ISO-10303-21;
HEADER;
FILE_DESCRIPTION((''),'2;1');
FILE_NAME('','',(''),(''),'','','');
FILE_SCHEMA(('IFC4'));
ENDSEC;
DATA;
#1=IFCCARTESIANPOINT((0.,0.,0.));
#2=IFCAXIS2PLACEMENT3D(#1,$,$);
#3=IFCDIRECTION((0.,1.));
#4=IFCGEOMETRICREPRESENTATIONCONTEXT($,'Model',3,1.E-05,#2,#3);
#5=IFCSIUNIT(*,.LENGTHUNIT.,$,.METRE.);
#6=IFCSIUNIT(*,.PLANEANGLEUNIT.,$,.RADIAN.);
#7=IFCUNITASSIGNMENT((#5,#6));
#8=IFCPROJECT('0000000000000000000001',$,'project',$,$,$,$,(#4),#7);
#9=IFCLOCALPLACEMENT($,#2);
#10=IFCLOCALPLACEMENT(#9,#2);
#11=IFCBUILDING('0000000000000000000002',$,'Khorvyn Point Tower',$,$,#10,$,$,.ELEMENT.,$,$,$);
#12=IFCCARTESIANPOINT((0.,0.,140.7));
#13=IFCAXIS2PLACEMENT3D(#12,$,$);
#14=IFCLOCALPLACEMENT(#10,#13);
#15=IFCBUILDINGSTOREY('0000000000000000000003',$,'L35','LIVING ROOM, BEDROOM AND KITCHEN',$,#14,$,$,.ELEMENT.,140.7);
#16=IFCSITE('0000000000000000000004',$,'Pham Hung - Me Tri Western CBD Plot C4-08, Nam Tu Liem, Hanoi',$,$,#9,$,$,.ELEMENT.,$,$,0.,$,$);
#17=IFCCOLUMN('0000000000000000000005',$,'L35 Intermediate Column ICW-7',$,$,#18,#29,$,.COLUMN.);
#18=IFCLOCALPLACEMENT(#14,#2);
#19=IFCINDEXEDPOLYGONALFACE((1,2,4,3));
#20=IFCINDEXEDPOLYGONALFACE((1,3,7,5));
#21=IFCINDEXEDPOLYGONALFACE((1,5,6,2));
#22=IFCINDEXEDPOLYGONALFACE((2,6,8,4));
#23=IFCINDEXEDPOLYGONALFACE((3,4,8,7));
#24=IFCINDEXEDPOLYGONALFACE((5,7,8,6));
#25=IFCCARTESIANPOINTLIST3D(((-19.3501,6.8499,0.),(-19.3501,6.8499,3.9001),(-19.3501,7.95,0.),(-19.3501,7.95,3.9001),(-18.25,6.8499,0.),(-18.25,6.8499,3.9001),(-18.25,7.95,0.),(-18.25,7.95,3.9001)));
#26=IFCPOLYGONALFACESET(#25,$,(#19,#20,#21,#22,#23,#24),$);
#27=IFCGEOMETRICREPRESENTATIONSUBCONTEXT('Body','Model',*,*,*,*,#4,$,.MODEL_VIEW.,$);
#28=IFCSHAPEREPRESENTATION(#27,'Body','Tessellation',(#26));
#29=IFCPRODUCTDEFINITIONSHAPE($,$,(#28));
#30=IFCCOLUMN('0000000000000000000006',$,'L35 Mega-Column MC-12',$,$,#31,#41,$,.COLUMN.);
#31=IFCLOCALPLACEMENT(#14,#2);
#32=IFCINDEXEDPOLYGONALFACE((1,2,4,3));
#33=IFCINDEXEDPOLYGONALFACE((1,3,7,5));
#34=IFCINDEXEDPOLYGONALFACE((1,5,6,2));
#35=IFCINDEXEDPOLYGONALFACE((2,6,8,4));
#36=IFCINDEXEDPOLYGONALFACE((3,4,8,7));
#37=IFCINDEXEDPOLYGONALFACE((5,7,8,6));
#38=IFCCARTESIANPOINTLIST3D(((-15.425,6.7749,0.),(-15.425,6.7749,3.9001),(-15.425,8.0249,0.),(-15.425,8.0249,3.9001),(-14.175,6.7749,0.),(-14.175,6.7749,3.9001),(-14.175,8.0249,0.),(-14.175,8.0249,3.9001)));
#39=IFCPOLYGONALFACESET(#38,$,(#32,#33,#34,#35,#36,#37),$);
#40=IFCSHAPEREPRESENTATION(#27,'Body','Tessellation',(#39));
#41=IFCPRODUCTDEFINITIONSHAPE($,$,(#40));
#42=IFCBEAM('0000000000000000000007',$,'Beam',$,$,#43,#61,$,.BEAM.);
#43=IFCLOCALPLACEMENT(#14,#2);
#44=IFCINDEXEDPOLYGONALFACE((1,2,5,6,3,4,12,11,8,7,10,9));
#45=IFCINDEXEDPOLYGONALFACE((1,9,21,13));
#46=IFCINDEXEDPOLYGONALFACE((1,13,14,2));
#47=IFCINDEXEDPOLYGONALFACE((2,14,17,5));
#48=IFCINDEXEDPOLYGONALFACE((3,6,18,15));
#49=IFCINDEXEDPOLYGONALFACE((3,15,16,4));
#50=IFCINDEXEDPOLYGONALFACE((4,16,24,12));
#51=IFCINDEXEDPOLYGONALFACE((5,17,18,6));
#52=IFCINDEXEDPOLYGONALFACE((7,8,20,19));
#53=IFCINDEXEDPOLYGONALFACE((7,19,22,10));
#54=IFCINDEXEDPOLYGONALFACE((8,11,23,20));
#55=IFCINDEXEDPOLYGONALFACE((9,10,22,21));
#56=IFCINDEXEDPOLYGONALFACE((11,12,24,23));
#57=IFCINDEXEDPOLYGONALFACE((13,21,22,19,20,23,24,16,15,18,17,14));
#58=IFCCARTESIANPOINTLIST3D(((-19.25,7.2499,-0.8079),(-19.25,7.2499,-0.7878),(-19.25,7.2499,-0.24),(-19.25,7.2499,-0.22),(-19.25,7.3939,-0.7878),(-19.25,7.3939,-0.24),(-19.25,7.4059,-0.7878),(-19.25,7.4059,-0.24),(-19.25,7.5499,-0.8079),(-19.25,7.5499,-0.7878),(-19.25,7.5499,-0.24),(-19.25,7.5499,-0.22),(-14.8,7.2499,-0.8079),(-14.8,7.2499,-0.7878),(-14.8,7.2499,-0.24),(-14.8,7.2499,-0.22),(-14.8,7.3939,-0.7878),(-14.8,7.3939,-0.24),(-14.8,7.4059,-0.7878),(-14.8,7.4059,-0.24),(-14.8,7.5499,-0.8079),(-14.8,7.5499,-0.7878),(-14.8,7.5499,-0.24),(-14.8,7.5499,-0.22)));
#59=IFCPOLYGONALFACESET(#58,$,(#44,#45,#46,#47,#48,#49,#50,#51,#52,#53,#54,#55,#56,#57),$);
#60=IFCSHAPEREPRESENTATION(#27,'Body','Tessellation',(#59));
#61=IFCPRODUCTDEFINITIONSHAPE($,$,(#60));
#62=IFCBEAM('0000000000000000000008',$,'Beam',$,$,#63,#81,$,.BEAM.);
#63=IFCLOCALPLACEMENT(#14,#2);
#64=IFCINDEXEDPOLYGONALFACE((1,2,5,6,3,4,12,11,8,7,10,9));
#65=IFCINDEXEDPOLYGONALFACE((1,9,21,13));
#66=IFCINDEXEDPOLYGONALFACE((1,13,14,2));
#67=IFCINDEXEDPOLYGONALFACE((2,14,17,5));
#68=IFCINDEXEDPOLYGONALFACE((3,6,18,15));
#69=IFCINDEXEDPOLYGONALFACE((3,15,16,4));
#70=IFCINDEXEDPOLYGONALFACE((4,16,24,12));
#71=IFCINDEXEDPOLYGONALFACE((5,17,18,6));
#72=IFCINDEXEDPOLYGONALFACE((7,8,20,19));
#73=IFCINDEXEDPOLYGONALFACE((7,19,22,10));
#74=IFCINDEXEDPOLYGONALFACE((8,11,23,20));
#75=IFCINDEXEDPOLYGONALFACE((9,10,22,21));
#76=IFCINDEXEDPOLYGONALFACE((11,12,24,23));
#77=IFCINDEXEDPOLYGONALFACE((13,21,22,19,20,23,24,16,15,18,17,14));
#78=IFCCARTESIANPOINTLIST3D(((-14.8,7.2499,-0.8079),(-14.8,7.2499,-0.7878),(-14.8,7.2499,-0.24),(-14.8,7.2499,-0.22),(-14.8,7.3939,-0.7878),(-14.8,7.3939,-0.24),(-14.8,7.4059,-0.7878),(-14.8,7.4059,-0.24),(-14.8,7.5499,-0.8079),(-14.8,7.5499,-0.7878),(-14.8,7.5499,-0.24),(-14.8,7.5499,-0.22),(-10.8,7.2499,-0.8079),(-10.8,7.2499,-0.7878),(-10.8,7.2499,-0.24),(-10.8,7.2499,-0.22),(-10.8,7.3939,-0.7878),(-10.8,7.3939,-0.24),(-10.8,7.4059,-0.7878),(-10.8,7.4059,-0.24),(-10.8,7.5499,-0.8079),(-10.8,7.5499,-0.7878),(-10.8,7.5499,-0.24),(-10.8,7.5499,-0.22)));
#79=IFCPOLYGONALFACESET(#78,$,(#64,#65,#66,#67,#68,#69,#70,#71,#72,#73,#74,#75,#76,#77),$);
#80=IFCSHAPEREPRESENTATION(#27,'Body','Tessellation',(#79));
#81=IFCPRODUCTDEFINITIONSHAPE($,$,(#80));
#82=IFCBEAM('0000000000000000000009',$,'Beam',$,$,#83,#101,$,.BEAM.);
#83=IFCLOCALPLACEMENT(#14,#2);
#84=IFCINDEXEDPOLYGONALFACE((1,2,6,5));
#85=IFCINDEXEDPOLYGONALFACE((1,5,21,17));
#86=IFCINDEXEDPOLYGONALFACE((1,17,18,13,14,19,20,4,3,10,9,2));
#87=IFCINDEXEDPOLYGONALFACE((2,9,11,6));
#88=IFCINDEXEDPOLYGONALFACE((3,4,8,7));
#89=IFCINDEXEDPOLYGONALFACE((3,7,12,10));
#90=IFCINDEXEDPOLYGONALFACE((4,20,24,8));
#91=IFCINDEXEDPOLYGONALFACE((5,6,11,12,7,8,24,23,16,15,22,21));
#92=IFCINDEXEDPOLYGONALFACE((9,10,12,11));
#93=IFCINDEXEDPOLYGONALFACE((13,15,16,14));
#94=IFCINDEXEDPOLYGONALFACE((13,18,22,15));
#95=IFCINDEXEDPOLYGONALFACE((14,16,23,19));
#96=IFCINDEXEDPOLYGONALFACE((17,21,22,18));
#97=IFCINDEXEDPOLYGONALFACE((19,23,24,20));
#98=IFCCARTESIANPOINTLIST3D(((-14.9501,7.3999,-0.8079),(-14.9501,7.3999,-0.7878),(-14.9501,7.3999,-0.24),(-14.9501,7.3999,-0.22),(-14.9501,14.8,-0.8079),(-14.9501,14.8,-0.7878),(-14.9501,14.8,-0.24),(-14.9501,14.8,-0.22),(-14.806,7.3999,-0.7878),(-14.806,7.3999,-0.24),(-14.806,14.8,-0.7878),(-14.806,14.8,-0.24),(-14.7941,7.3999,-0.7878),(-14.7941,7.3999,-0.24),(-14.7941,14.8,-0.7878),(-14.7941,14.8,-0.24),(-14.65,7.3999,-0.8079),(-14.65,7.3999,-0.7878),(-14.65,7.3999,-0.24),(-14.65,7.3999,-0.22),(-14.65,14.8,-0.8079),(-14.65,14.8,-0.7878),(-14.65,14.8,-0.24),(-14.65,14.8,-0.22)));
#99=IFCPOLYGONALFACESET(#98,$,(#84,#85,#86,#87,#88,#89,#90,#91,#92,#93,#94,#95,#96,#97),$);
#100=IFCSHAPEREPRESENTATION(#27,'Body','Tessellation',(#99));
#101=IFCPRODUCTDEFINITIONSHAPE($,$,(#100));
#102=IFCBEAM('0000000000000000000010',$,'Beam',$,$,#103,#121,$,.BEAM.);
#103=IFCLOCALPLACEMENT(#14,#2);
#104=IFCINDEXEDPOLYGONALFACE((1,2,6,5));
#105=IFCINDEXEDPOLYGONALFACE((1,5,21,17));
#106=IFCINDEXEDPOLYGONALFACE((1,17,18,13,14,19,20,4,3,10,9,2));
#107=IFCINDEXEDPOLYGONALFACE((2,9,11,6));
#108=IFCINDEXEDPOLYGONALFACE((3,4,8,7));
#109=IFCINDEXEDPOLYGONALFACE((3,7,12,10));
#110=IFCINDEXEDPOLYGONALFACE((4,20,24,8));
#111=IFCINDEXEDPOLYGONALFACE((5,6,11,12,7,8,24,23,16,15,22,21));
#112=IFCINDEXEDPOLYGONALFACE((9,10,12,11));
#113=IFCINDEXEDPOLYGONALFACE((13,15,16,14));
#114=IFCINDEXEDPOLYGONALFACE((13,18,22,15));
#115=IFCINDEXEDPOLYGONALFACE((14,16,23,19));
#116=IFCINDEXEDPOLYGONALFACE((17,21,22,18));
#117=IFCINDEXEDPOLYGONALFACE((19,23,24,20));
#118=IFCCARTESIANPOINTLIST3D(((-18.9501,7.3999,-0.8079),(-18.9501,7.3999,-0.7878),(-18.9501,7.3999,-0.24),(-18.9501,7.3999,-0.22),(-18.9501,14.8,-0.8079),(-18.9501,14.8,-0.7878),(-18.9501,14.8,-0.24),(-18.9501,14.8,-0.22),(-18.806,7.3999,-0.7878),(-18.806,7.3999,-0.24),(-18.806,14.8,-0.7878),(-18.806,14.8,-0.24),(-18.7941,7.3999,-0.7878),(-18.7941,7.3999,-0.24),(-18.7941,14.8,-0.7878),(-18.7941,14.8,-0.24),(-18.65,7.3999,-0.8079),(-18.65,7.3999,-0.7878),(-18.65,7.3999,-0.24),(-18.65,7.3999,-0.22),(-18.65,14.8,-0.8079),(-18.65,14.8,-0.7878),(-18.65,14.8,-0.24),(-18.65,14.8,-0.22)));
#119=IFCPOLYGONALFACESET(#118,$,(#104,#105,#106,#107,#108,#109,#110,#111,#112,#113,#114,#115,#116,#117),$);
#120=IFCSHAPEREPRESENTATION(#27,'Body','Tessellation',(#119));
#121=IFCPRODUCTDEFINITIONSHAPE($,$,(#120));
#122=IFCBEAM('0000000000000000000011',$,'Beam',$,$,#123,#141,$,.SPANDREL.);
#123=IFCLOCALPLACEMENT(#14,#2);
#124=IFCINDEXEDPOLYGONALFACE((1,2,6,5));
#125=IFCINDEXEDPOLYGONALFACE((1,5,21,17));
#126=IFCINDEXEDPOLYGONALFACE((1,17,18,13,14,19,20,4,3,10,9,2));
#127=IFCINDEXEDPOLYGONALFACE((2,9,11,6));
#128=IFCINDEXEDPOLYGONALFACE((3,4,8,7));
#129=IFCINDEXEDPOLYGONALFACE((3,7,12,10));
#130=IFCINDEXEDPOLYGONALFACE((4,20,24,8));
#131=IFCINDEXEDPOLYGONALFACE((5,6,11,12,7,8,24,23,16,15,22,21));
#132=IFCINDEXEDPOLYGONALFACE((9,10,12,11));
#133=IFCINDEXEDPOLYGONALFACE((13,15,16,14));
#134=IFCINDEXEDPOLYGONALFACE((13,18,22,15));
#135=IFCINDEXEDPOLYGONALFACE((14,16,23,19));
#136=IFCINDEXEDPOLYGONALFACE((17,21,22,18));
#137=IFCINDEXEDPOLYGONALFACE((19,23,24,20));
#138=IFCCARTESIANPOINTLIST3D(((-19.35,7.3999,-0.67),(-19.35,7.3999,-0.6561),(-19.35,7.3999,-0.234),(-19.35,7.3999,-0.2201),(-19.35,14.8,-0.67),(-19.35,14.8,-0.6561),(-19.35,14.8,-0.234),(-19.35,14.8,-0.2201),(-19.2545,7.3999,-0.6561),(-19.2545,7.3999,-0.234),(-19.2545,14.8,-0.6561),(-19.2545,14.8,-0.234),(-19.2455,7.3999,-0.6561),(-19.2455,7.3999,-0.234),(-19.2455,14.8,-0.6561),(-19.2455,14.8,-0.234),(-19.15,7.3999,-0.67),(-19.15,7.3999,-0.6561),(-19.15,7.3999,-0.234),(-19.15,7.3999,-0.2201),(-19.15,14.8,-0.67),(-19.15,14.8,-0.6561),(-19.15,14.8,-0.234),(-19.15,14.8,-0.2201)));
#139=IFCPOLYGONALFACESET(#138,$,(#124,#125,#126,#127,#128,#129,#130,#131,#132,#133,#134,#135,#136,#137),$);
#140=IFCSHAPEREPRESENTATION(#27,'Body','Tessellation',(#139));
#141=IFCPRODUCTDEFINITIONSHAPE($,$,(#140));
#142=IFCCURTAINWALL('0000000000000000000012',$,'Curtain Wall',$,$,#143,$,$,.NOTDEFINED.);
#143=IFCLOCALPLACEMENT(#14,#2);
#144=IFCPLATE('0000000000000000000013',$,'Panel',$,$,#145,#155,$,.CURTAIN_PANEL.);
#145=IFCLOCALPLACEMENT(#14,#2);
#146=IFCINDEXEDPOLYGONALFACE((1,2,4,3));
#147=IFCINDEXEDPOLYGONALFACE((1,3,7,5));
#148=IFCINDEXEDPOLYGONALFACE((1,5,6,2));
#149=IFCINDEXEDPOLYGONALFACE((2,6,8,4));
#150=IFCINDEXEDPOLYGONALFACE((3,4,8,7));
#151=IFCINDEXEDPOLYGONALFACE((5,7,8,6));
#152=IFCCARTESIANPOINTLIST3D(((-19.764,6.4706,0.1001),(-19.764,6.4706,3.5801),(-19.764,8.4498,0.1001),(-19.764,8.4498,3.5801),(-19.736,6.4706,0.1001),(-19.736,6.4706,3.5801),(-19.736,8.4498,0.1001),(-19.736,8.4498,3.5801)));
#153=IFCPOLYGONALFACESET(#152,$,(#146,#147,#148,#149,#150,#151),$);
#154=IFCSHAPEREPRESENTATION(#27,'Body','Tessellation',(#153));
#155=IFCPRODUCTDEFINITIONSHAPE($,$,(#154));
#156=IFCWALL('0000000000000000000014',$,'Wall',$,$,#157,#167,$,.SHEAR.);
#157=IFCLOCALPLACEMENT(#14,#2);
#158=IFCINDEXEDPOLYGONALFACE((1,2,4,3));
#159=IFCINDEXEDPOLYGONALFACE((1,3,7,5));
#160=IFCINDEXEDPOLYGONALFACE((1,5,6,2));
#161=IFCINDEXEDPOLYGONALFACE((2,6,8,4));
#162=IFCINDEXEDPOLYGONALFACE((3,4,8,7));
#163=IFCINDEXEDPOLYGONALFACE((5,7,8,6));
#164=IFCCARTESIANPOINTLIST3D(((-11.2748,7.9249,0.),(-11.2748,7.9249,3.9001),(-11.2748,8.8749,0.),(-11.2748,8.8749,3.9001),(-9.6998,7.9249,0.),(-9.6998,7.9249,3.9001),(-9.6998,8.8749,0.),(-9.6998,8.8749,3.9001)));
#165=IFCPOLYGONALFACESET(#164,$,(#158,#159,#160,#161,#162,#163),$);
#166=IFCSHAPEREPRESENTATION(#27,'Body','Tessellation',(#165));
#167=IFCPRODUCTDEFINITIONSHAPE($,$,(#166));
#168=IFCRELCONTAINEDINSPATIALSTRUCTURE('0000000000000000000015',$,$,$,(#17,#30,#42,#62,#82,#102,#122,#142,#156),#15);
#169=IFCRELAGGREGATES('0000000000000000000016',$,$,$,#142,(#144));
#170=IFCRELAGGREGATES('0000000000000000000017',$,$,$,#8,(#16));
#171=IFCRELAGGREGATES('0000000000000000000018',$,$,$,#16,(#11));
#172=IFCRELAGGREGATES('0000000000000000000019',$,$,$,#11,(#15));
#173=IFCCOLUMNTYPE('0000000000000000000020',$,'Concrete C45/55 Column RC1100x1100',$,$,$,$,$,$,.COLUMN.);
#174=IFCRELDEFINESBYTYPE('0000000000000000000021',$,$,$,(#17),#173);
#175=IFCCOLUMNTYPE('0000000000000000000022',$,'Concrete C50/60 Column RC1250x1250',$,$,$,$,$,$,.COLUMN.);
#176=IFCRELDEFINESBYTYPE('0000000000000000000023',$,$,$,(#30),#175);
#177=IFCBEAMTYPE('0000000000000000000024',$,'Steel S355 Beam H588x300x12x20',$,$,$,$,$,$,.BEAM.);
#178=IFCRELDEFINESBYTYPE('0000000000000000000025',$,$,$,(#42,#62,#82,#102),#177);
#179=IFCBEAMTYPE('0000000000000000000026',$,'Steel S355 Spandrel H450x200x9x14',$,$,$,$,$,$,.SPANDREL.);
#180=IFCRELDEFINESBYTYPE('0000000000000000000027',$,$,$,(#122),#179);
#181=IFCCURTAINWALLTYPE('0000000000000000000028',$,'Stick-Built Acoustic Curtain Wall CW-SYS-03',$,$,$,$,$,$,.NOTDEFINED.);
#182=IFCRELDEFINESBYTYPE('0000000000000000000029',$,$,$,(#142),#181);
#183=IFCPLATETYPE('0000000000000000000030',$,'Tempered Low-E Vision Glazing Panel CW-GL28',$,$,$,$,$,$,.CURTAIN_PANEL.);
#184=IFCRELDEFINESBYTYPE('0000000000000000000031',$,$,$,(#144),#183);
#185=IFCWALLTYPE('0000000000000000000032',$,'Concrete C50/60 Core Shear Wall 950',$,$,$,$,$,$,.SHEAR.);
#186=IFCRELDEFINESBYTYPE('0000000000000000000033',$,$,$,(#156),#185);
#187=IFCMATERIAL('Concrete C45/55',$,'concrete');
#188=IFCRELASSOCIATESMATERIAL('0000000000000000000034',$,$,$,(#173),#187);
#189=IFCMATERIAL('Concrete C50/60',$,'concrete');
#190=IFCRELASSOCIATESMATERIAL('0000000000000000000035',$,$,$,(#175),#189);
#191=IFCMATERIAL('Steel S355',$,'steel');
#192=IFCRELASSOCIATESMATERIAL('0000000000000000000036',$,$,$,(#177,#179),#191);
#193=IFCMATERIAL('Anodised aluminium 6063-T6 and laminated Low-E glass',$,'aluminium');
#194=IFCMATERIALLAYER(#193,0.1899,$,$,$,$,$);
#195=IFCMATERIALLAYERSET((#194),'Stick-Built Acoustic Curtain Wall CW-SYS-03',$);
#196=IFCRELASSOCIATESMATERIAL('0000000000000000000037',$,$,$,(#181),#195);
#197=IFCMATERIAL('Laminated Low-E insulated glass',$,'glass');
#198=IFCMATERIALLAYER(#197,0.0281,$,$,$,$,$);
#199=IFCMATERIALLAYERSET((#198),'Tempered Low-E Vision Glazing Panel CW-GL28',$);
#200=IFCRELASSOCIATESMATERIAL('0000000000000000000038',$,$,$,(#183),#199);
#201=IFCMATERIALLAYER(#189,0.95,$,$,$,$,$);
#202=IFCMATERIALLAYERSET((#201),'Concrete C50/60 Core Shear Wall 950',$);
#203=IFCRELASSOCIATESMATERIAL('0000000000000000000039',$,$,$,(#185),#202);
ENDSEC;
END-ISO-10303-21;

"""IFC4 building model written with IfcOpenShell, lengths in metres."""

from ifc_helpers import new_model, si_unit, direction, frame, frame_2d, origin, origin_2d, place, context, subcontext, project, spatial, rectangle, i_section, extrude, material, layer, layer_set, material_profile, profile_set, type_object, element, aggregate, save


model = new_model("IFC4")

# Units and contexts
model_context = context("Model", 3, precision=1e-05, world=origin(), true_north=direction((0.0, 1.0)))
body_context = subcontext(model_context, "Body", "Model", "MODEL_VIEW")
ifc_project = project(units=[si_unit("LENGTHUNIT", "METRE"), si_unit("PLANEANGLEUNIT", "RADIAN")], contexts=[model_context])

# Site, building, storey
site_placement = place(None, origin())
site = spatial("IfcSite", under=ifc_project, at=site_placement, Name="Pham Hung - Me Tri Western CBD Plot C4-08, Nam Tu Liem, Hanoi", CompositionType="ELEMENT", RefElevation=0.0)
building_placement = place(site_placement, origin())
building = spatial("IfcBuilding", under=site, at=building_placement, Name="Khorvyn Point Tower", CompositionType="ELEMENT")
storey_placement = place(building_placement, frame((0.0, 0.0, 140.7)))
storey = spatial("IfcBuildingStorey", under=building, at=storey_placement, Name="L35", Description="LIVING ROOM, BEDROOM AND KITCHEN", CompositionType="ELEMENT", Elevation=140.7)

# Columns
ifc_material_1 = material(Name="Concrete C45/55", Category="concrete")
ifc_material_profile_1 = material_profile(ifc_material_1, rectangle(XDim=1.1001, YDim=1.1001, at=origin_2d()))
ifc_profile_set_1 = profile_set([ifc_material_profile_1], Name="Concrete C45/55 RC1100x1100")
column_type_1 = type_object("IfcColumnType", Name="Concrete C45/55 Column RC1100x1100", PredefinedType="COLUMN", material=ifc_profile_set_1)
column_1_placement = place(storey_placement, frame((-18.8, 7.3999, 0.0), z_axis=(0.0, 0.0, 1.0), x_axis=(1.0, 0.0, 0.0)))
element("IfcColumn", 1, at=column_1_placement, inside=storey, type_object=column_type_1, Name="L35 Intermediate Column ICW-7", PredefinedType="COLUMN", context=body_context, shape_type="SweptSolid", body=[
    extrude(rectangle(XDim=1.1001, YDim=1.1001, at=origin_2d()), origin(), (0.0, 0.0, 1.0), 3.9001),
])
ifc_material_2 = material(Name="Concrete C50/60", Category="concrete")
ifc_material_profile_2 = material_profile(ifc_material_2, rectangle(XDim=1.25, YDim=1.25, at=origin_2d()))
ifc_profile_set_2 = profile_set([ifc_material_profile_2], Name="Concrete C50/60 RC1250x1250")
column_type_2 = type_object("IfcColumnType", Name="Concrete C50/60 Column RC1250x1250", PredefinedType="COLUMN", material=ifc_profile_set_2)
column_2_placement = place(storey_placement, frame((-14.8, 7.3999, 0.0), z_axis=(0.0, 0.0, 1.0), x_axis=(1.0, 0.0, 0.0)))
element("IfcColumn", 2, at=column_2_placement, inside=storey, type_object=column_type_2, Name="L35 Mega-Column MC-12", PredefinedType="COLUMN", context=body_context, shape_type="SweptSolid", body=[
    extrude(rectangle(XDim=1.25, YDim=1.25, at=origin_2d()), origin(), (0.0, 0.0, 1.0), 3.9001),
])

# Beams
ifc_material_3 = material(Name="Steel S355", Category="steel")
ifc_material_profile_3 = material_profile(ifc_material_3, i_section(OverallWidth=0.3, OverallDepth=0.5879, WebThickness=0.012, FlangeThickness=0.02, at=origin_2d()))
ifc_profile_set_3 = profile_set([ifc_material_profile_3], Name="Steel S355 H588x300x12x20")
beam_type_1 = type_object("IfcBeamType", Name="Steel S355 Beam H588x300x12x20", PredefinedType="BEAM", material=ifc_profile_set_3)
beam_1_placement = place(storey_placement, frame((-19.25, 7.3999, -0.5139), z_axis=(1.0, 0.0, 0.0), x_axis=(0.0, 1.0, 0.0)))
element("IfcBeam", 3, at=beam_1_placement, inside=storey, type_object=beam_type_1, Name="Beam", PredefinedType="BEAM", context=body_context, shape_type="SweptSolid", body=[
    extrude(i_section(OverallWidth=0.3, OverallDepth=0.5879, WebThickness=0.012, FlangeThickness=0.02, at=origin_2d()), origin(), (0.0, 0.0, 1.0), 4.45),
])
beam_2_placement = place(storey_placement, frame((-14.8, 7.3999, -0.5139), z_axis=(1.0, 0.0, 0.0), x_axis=(0.0, 1.0, 0.0)))
element("IfcBeam", 4, at=beam_2_placement, inside=storey, type_object=beam_type_1, Name="Beam", PredefinedType="BEAM", context=body_context, shape_type="SweptSolid", body=[
    extrude(i_section(OverallWidth=0.3, OverallDepth=0.5879, WebThickness=0.012, FlangeThickness=0.02, at=origin_2d()), origin(), (0.0, 0.0, 1.0), 4.0),
])
for number, where, z_axis, x_axis, name in (
    (5, (-14.8, 7.3999, -0.5139), (0.0, 1.0, 0.0), (-1.0, 0.0, 0.0), "Beam"),
    (6, (-18.8, 7.3999, -0.5139), (0.0, 1.0, 0.0), (-1.0, 0.0, 0.0), "Beam"),
):
    element("IfcBeam", number, at=place(storey_placement, frame(where, z_axis=z_axis, x_axis=x_axis)), inside=storey, type_object=beam_type_1, Name=name, PredefinedType="BEAM", context=body_context, shape_type="SweptSolid", body=[
        extrude(i_section(OverallWidth=0.3, OverallDepth=0.5879, WebThickness=0.012, FlangeThickness=0.02, at=origin_2d()), origin(), (0.0, 0.0, 1.0), 7.4001),
    ])
ifc_material_profile_4 = material_profile(ifc_material_3, i_section(OverallWidth=0.2, OverallDepth=0.45, WebThickness=0.009, FlangeThickness=0.0139, at=origin_2d()))
ifc_profile_set_4 = profile_set([ifc_material_profile_4], Name="Steel S355 H450x200x9x14")
beam_type_2 = type_object("IfcBeamType", Name="Steel S355 Spandrel H450x200x9x14", PredefinedType="SPANDREL", material=ifc_profile_set_4)
beam_3_placement = place(storey_placement, frame((-19.25, 7.3999, -0.4451), z_axis=(0.0, 1.0, 0.0), x_axis=(-1.0, 0.0, 0.0)))
element("IfcBeam", 7, at=beam_3_placement, inside=storey, type_object=beam_type_2, Name="Beam", PredefinedType="SPANDREL", context=body_context, shape_type="SweptSolid", body=[
    extrude(i_section(OverallWidth=0.2, OverallDepth=0.45, WebThickness=0.009, FlangeThickness=0.0139, at=origin_2d()), origin(), (0.0, 0.0, 1.0), 7.4001),
])

# Curtain wall, plate
ifc_material_4 = material(Name="Anodised aluminium 6063-T6 and laminated Low-E glass", Category="aluminium")
ifc_layer_1 = layer(ifc_material_4, 0.1899)
ifc_layer_set_1 = layer_set([ifc_layer_1], Name="Stick-Built Acoustic Curtain Wall CW-SYS-03")
curtain_wall_type = type_object("IfcCurtainWallType", Name="Stick-Built Acoustic Curtain Wall CW-SYS-03", PredefinedType="NOTDEFINED", material=ifc_layer_set_1)
curtain_wall_placement = place(storey_placement, origin())
curtain_wall = element("IfcCurtainWall", 8, at=curtain_wall_placement, inside=storey, type_object=curtain_wall_type, Name="Curtain Wall", PredefinedType="NOTDEFINED")
ifc_material_5 = material(Name="Laminated Low-E insulated glass", Category="glass")
ifc_layer_2 = layer(ifc_material_5, 0.0281)
ifc_layer_set_2 = layer_set([ifc_layer_2], Name="Tempered Low-E Vision Glazing Panel CW-GL28")
plate_type = type_object("IfcPlateType", Name="Tempered Low-E Vision Glazing Panel CW-GL28", PredefinedType="CURTAIN_PANEL", material=ifc_layer_set_2)
plate_placement = place(storey_placement, frame((-19.75, 7.4602, 0.1001), z_axis=(0.0, 0.0, 1.0), x_axis=(0.0, 1.0, 0.0)))
plate = element("IfcPlate", 9, at=plate_placement, type_object=plate_type, Name="Panel", PredefinedType="CURTAIN_PANEL", context=body_context, shape_type="SweptSolid", body=[
    extrude(rectangle(XDim=1.9792, YDim=0.0281, at=origin_2d()), origin(), (0.0, 0.0, 1.0), 3.48),
])
aggregate(curtain_wall, [plate])

# Wall
ifc_layer_3 = layer(ifc_material_2, 0.95)
ifc_layer_set_3 = layer_set([ifc_layer_3], Name="Concrete C50/60 Core Shear Wall 950")
wall_type_1 = type_object("IfcWallType", Name="Concrete C50/60 Core Shear Wall 950", PredefinedType="SHEAR", material=ifc_layer_set_3)
wall_1_placement = place(storey_placement, frame((-11.2749, 8.3999, 0.0), z_axis=(0.0, 0.0, 1.0), x_axis=(1.0, 0.0, 0.0)))
element("IfcWall", 10, at=wall_1_placement, inside=storey, type_object=wall_type_1, Name="Wall", PredefinedType="SHEAR", context=body_context, shape_type="SweptSolid", body=[
    extrude(rectangle(XDim=1.575, YDim=0.95, at=frame_2d((0.7876, 0.0))), origin(), (0.0, 0.0, 1.0), 3.9001),
])

save(model, "model.ifc")
